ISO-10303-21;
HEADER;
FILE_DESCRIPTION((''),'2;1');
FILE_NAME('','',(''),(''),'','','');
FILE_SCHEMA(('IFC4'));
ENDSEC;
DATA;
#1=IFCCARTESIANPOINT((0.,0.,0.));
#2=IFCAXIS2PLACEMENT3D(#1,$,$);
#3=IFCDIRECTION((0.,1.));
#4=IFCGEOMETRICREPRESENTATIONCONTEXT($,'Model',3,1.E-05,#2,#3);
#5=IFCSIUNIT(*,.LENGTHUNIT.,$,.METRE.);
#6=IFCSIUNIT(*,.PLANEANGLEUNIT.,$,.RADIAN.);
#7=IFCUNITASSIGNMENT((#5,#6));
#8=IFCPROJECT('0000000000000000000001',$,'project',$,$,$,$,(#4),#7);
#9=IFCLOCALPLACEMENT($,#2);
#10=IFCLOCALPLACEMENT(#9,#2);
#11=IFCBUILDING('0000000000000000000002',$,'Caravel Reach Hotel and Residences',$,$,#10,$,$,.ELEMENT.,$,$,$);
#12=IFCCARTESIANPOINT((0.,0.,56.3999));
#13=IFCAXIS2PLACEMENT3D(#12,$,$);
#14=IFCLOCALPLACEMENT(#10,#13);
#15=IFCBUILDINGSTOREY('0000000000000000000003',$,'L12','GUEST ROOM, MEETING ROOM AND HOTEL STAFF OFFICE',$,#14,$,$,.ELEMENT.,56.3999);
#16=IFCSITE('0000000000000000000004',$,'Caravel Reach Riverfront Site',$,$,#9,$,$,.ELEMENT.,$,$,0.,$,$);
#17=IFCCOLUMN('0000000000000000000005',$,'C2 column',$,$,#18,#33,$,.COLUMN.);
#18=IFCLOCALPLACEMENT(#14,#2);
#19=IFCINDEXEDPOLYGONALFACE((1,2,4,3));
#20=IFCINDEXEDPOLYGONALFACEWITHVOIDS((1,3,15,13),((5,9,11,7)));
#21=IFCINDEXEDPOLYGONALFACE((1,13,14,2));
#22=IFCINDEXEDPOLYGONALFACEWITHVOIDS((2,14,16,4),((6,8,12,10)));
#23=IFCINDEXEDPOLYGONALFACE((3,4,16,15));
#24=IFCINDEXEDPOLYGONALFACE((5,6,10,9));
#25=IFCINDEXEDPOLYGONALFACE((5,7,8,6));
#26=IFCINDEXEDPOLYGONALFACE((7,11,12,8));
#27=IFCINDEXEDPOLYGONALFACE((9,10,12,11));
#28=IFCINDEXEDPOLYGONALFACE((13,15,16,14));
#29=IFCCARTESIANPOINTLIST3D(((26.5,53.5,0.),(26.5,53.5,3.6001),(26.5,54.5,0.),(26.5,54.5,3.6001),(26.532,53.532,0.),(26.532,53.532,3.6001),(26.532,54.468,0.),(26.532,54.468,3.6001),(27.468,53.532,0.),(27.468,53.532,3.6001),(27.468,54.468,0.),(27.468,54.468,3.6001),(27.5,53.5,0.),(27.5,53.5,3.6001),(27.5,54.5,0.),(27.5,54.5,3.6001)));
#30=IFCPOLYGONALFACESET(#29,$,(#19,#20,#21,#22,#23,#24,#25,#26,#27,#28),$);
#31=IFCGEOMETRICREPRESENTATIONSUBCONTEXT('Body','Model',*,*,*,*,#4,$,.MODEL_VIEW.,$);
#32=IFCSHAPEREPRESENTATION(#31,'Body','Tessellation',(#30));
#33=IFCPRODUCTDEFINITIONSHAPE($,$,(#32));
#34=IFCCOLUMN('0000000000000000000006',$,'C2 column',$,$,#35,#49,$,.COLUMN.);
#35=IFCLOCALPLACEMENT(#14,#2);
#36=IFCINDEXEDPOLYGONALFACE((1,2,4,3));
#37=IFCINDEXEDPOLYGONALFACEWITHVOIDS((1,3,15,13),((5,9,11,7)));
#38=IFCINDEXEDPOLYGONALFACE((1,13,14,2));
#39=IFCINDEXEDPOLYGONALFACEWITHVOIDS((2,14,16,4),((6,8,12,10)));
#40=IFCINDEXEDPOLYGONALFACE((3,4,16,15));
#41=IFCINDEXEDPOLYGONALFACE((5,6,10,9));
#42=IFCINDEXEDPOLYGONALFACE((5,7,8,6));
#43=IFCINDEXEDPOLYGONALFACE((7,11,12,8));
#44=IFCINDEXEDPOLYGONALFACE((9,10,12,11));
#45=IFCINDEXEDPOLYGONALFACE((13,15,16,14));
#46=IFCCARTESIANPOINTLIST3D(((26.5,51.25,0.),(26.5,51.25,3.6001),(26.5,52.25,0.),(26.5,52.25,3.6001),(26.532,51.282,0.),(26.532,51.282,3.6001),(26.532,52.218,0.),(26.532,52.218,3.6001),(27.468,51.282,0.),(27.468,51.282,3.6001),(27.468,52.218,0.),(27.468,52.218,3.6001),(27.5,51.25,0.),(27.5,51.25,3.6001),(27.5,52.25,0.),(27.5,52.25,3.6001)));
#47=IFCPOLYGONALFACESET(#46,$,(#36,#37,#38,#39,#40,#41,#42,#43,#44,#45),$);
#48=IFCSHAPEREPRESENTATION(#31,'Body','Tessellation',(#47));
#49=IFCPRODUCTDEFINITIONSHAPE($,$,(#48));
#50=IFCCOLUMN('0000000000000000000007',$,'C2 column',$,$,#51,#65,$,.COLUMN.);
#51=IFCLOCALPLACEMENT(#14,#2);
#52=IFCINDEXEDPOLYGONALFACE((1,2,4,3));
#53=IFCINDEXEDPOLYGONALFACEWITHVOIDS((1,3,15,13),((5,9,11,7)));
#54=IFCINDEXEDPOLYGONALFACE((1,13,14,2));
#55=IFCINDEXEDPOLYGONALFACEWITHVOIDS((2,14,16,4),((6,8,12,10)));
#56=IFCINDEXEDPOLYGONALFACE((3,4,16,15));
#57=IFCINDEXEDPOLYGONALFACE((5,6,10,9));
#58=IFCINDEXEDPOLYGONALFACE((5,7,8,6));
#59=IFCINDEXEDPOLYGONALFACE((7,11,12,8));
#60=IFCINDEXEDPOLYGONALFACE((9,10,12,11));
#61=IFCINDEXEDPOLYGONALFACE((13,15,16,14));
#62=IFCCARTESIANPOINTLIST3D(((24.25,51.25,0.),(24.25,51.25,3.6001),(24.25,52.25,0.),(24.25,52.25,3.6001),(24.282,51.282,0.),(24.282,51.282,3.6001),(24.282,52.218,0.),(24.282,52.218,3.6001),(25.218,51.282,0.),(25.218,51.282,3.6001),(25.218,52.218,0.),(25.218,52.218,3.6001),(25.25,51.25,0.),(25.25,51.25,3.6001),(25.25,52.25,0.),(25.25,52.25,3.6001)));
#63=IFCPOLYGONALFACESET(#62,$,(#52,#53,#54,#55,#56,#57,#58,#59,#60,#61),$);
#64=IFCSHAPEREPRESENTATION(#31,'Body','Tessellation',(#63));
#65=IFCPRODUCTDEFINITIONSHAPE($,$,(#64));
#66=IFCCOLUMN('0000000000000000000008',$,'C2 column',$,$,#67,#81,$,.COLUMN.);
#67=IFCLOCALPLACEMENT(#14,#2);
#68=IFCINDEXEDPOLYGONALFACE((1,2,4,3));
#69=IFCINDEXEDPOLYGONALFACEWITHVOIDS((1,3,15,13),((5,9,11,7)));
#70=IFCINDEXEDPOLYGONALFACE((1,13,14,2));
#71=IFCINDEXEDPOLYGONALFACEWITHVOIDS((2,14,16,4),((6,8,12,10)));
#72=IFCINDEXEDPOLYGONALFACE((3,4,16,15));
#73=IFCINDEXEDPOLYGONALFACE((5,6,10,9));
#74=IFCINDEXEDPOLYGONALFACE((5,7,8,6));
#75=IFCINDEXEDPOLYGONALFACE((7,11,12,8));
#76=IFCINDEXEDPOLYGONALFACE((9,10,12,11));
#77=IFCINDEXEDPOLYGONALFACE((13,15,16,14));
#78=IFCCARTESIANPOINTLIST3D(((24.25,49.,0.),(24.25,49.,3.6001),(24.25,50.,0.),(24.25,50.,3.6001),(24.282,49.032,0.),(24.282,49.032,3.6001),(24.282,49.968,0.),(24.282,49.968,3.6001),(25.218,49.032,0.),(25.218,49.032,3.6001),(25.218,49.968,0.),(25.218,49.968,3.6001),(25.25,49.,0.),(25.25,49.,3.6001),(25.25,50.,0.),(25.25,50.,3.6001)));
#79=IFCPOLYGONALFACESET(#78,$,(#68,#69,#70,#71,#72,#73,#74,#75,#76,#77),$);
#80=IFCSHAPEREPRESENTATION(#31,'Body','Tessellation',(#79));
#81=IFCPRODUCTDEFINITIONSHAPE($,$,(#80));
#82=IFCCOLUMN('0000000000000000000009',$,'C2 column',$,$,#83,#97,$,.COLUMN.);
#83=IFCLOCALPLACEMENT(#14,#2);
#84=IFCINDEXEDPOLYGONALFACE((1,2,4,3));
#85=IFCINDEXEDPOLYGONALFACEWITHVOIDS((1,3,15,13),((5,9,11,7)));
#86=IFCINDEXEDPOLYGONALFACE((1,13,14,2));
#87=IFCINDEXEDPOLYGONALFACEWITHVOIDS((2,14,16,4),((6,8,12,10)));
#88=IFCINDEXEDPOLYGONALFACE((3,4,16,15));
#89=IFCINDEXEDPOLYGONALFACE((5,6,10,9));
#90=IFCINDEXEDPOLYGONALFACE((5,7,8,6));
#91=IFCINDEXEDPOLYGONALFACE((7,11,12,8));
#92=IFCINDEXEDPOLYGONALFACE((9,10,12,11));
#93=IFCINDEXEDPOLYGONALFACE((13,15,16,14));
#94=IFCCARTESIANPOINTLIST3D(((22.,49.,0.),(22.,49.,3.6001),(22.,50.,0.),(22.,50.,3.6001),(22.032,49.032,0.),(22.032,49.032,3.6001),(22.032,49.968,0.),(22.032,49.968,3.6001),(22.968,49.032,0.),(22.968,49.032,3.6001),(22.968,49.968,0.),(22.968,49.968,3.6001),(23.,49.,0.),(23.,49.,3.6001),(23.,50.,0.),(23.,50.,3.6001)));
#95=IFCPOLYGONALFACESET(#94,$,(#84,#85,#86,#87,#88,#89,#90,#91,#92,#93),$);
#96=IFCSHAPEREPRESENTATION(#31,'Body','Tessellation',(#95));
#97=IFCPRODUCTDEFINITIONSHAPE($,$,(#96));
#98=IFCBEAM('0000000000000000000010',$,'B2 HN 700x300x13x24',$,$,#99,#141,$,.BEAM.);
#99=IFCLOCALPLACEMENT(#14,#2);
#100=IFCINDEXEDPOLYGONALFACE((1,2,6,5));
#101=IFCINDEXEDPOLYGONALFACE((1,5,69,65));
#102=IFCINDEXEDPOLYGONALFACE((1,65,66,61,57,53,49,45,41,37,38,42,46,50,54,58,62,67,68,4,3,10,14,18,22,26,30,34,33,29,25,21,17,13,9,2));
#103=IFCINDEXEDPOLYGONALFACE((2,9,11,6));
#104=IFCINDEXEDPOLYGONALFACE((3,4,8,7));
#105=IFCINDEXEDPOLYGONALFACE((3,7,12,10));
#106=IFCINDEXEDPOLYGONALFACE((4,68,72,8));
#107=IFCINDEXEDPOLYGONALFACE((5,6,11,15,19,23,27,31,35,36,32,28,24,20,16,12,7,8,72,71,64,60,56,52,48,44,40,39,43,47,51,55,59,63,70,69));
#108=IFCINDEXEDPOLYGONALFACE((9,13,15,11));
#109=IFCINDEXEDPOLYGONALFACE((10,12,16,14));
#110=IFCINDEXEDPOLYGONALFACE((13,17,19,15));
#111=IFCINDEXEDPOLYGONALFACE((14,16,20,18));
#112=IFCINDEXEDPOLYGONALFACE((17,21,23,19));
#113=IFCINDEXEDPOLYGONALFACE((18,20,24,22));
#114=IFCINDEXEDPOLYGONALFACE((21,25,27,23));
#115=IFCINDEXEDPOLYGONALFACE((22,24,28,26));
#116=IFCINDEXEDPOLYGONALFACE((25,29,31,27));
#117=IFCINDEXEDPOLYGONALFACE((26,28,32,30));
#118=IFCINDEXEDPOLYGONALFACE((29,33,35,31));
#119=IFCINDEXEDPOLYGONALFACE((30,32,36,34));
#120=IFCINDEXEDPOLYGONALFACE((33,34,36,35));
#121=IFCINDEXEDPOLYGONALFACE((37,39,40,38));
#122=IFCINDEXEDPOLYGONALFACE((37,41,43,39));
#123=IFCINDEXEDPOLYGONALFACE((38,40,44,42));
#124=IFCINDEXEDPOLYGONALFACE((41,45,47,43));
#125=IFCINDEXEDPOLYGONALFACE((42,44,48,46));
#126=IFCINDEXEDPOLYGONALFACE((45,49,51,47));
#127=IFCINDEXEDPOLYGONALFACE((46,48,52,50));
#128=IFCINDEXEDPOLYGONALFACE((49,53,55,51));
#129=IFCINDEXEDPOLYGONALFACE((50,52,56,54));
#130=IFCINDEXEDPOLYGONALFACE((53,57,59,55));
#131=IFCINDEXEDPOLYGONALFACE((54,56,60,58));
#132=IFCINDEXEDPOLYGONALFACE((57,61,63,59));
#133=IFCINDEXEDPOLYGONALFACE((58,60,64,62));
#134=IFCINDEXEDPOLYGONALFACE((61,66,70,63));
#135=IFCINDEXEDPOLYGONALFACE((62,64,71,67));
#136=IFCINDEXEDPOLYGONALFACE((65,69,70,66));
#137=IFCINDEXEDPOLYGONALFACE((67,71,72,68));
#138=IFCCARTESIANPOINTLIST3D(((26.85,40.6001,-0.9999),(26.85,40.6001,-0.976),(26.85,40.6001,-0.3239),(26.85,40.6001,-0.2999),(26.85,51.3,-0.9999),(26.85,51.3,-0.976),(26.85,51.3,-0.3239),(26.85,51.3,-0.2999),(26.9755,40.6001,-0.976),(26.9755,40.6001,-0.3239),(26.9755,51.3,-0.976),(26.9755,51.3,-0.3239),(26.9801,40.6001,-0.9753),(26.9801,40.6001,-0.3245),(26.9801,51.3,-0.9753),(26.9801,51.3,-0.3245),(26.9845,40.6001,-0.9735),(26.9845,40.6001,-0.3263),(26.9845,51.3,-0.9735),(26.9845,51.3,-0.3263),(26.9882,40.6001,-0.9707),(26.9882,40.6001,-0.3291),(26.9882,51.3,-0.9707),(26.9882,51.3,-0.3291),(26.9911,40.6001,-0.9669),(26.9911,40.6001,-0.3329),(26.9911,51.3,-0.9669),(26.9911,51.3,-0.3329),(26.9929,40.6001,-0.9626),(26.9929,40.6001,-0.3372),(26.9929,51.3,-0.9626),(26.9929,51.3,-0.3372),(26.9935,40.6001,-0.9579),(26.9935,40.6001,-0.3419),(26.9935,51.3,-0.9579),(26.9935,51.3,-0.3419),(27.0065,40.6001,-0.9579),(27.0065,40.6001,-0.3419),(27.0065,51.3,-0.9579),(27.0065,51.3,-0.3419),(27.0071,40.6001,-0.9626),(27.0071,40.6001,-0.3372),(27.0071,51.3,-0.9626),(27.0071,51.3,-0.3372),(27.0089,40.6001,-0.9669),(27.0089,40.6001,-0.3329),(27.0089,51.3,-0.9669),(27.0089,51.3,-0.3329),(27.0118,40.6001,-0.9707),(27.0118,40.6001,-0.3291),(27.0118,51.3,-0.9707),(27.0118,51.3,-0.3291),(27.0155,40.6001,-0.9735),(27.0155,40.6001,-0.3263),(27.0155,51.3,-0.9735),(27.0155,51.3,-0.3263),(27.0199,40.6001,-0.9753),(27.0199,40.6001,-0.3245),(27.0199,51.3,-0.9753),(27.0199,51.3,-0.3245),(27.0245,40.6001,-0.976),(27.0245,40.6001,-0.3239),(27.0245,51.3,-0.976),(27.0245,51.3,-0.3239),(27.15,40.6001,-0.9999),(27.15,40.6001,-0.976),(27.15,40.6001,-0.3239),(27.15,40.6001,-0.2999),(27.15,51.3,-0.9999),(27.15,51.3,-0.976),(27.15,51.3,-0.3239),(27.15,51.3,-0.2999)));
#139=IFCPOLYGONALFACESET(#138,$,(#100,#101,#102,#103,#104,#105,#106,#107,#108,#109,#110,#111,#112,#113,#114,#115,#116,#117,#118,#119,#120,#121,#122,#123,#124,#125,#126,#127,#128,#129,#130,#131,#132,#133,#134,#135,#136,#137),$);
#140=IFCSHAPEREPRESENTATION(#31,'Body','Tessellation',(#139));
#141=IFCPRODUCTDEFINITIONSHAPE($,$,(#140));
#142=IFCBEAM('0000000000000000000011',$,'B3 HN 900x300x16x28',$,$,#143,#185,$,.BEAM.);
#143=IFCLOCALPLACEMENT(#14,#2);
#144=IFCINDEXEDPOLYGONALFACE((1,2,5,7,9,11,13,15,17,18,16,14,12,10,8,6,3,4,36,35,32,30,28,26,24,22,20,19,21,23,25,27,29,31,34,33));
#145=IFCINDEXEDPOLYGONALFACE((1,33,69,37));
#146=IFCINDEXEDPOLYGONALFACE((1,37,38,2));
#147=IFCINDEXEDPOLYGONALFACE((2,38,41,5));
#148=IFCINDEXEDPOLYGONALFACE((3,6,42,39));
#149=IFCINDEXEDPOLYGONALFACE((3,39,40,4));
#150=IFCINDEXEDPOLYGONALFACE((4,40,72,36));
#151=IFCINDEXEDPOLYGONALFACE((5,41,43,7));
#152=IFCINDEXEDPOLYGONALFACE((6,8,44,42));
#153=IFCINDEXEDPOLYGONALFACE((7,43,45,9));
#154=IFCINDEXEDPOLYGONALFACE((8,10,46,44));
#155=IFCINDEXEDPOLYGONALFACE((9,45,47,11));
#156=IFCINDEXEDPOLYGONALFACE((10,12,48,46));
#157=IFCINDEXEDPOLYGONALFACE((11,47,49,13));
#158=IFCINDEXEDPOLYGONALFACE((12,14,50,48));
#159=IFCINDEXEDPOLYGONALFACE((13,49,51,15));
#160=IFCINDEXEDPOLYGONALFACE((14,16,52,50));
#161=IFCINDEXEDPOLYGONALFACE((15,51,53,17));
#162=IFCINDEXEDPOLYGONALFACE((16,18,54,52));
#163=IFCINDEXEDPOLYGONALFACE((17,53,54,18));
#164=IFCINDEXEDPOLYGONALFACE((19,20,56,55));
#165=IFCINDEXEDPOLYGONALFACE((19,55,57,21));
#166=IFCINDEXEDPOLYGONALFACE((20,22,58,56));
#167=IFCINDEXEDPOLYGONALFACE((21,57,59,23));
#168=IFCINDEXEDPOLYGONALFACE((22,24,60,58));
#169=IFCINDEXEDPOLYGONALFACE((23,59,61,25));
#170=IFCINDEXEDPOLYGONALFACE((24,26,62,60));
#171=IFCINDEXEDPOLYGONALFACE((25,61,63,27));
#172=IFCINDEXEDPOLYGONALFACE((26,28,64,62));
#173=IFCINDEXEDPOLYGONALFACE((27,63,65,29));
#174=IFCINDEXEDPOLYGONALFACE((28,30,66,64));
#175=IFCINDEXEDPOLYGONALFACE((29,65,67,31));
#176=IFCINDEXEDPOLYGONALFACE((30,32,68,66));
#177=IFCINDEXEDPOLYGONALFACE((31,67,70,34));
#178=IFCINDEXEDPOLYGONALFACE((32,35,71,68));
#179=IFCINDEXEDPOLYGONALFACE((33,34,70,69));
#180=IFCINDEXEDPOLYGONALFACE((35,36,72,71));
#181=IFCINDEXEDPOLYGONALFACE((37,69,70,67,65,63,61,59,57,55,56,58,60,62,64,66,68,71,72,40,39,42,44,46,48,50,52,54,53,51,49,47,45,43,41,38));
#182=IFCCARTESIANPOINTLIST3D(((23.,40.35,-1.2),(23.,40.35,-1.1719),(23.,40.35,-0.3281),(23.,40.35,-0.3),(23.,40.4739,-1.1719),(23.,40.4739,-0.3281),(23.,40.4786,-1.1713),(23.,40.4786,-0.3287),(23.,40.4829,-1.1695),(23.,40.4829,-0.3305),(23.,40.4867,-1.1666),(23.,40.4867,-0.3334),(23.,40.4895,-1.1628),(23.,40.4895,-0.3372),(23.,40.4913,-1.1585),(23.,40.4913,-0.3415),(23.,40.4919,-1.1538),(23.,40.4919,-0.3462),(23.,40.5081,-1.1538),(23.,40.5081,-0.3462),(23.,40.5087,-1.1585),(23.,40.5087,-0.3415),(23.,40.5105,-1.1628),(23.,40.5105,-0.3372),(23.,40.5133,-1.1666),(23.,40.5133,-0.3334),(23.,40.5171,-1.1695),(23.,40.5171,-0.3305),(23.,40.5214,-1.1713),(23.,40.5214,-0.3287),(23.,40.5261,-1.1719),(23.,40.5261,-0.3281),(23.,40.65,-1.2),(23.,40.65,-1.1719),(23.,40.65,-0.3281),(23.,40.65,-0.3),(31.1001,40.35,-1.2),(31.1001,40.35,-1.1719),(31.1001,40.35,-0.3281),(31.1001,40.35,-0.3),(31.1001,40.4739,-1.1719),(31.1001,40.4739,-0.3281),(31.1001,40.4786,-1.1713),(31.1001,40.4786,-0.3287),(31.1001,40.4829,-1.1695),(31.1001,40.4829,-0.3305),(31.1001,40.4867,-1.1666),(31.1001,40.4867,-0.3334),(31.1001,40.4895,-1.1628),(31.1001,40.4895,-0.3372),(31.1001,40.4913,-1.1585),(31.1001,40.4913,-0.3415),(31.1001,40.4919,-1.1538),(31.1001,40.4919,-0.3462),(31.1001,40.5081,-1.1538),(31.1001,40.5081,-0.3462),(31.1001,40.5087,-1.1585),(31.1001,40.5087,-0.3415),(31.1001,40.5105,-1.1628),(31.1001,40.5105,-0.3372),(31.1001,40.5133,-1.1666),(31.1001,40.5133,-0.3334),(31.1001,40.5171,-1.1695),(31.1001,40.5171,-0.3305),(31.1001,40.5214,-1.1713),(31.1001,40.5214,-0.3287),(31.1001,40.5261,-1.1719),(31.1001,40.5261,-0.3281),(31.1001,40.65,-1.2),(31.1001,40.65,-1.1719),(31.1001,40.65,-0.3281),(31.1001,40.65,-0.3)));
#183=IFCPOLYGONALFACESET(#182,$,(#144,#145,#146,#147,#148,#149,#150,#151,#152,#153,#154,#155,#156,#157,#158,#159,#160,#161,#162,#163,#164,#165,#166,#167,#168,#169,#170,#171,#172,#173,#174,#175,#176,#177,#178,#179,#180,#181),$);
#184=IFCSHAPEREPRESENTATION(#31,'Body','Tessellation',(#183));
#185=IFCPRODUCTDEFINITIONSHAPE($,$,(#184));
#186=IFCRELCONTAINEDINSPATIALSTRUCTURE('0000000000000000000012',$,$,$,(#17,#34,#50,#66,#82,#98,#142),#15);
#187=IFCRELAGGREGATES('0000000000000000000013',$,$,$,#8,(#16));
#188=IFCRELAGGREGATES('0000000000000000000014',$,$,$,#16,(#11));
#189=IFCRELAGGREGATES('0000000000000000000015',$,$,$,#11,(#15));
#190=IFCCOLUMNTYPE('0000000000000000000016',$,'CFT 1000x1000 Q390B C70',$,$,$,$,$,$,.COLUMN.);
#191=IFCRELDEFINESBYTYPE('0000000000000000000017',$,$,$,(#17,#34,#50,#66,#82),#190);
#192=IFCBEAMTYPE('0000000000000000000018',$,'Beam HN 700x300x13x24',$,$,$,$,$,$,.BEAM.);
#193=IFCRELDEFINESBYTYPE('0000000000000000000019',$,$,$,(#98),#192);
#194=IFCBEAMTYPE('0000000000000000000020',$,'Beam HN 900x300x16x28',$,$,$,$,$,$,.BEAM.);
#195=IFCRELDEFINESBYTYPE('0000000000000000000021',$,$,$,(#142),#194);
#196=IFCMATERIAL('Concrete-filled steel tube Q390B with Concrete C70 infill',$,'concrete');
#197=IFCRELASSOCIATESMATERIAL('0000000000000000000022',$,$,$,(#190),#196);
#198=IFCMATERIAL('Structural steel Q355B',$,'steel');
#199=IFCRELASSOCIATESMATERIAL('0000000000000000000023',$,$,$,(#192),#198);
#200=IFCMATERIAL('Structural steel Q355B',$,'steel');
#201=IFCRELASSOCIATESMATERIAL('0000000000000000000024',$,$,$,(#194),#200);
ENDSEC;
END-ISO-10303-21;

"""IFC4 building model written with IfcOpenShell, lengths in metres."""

from ifc_helpers import new_model, si_unit, direction, frame, origin, origin_2d, place, context, subcontext, project, spatial, hollow_rectangle, i_section, extrude, material, material_profile, profile_set, type_object, element, save


model = new_model("IFC4")

# Units and contexts
model_context = context("Model", 3, precision=1e-05, world=origin(), true_north=direction((0.0, 1.0)))
body_context = subcontext(model_context, "Body", "Model", "MODEL_VIEW")
ifc_project = project(units=[si_unit("LENGTHUNIT", "METRE"), si_unit("PLANEANGLEUNIT", "RADIAN")], contexts=[model_context])

# Site, building, storey
site_placement = place(None, origin())
site = spatial("IfcSite", under=ifc_project, at=site_placement, Name="Caravel Reach Riverfront Site", CompositionType="ELEMENT", RefElevation=0.0)
building_placement = place(site_placement, origin())
building = spatial("IfcBuilding", under=site, at=building_placement, Name="Caravel Reach Hotel and Residences", CompositionType="ELEMENT")
storey_placement = place(building_placement, frame((0.0, 0.0, 56.3999)))
storey = spatial("IfcBuildingStorey", under=building, at=storey_placement, Name="L12", Description="GUEST ROOM, MEETING ROOM AND HOTEL STAFF OFFICE", CompositionType="ELEMENT", Elevation=56.3999)

# Columns
ifc_material_1 = material(Name="Concrete-filled steel tube Q390B with Concrete C70 infill", Category="concrete")
ifc_material_profile_1 = material_profile(ifc_material_1, hollow_rectangle(XDim=1.0, YDim=1.0, WallThickness=0.032, at=origin_2d()), Name="RHS 1000x1000x32")
ifc_profile_set_1 = profile_set([ifc_material_profile_1], Name="Concrete-filled steel tube Q390B with Concrete C70 infill")
column_type = type_object("IfcColumnType", Name="CFT 1000x1000 Q390B C70", PredefinedType="COLUMN", material=ifc_profile_set_1)
for number, where, z_axis, x_axis, name in (
    (1, (27.0, 54.0, 0.0), (0.0, 0.0, 1.0), (1.0, 0.0, 0.0), "C2 column"),
    (2, (27.0, 51.75, 0.0), (0.0, 0.0, 1.0), (1.0, 0.0, 0.0), "C2 column"),
    (3, (24.75, 51.75, 0.0), (0.0, 0.0, 1.0), (1.0, 0.0, 0.0), "C2 column"),
    (4, (24.75, 49.5, 0.0), (0.0, 0.0, 1.0), (1.0, 0.0, 0.0), "C2 column"),
    (5, (22.5, 49.5, 0.0), (0.0, 0.0, 1.0), (1.0, 0.0, 0.0), "C2 column"),
):
    element("IfcColumn", number, at=place(storey_placement, frame(where, z_axis=z_axis, x_axis=x_axis)), inside=storey, type_object=column_type, Name=name, PredefinedType="COLUMN", context=body_context, shape_type="SweptSolid", body=[
        extrude(hollow_rectangle(XDim=1.0, YDim=1.0, WallThickness=0.032, at=origin_2d()), origin(), (0.0, 0.0, 1.0), 3.6001),
    ])

# Beams
ifc_material_2 = material(Name="Structural steel Q355B", Category="steel")
ifc_material_profile_2 = material_profile(ifc_material_2, i_section(OverallWidth=0.3, OverallDepth=0.7, WebThickness=0.0129, FlangeThickness=0.0239, FilletRadius=0.0181, at=origin_2d()), Name="HN 700x300x13x24")
ifc_profile_set_2 = profile_set([ifc_material_profile_2], Name="Structural steel Q355B")
beam_type_1 = type_object("IfcBeamType", Name="Beam HN 700x300x13x24", PredefinedType="BEAM", material=ifc_profile_set_2)
beam_1_placement = place(storey_placement, frame((27.0, 40.6001, -0.6499), z_axis=(0.0, 1.0, 0.0), x_axis=(-1.0, 0.0, 0.0)))
element("IfcBeam", 6, at=beam_1_placement, inside=storey, type_object=beam_type_1, Name="B2 HN 700x300x13x24", PredefinedType="BEAM", context=body_context, shape_type="SweptSolid", body=[
    extrude(i_section(OverallWidth=0.3, OverallDepth=0.7, WebThickness=0.0129, FlangeThickness=0.0239, FilletRadius=0.0181, at=origin_2d()), origin(), (0.0, 0.0, 1.0), 10.7),
])
ifc_material_3 = material(Name="Structural steel Q355B", Category="steel")
ifc_material_profile_3 = material_profile(ifc_material_3, i_section(OverallWidth=0.3, OverallDepth=0.8999, WebThickness=0.0161, FlangeThickness=0.0281, FilletRadius=0.0181, at=origin_2d()), Name="HN 900x300x16x28")
ifc_profile_set_3 = profile_set([ifc_material_profile_3], Name="Structural steel Q355B")
beam_type_2 = type_object("IfcBeamType", Name="Beam HN 900x300x16x28", PredefinedType="BEAM", material=ifc_profile_set_3)
beam_2_placement = place(storey_placement, frame((23.0, 40.5, -0.75), z_axis=(1.0, 0.0, 0.0), x_axis=(0.0, 1.0, 0.0)))
element("IfcBeam", 7, at=beam_2_placement, inside=storey, type_object=beam_type_2, Name="B3 HN 900x300x16x28", PredefinedType="BEAM", context=body_context, shape_type="SweptSolid", body=[
    extrude(i_section(OverallWidth=0.3, OverallDepth=0.8999, WebThickness=0.0161, FlangeThickness=0.0281, FilletRadius=0.0181, at=origin_2d()), origin(), (0.0, 0.0, 1.0), 8.1001),
])

save(model, "model.ifc")
